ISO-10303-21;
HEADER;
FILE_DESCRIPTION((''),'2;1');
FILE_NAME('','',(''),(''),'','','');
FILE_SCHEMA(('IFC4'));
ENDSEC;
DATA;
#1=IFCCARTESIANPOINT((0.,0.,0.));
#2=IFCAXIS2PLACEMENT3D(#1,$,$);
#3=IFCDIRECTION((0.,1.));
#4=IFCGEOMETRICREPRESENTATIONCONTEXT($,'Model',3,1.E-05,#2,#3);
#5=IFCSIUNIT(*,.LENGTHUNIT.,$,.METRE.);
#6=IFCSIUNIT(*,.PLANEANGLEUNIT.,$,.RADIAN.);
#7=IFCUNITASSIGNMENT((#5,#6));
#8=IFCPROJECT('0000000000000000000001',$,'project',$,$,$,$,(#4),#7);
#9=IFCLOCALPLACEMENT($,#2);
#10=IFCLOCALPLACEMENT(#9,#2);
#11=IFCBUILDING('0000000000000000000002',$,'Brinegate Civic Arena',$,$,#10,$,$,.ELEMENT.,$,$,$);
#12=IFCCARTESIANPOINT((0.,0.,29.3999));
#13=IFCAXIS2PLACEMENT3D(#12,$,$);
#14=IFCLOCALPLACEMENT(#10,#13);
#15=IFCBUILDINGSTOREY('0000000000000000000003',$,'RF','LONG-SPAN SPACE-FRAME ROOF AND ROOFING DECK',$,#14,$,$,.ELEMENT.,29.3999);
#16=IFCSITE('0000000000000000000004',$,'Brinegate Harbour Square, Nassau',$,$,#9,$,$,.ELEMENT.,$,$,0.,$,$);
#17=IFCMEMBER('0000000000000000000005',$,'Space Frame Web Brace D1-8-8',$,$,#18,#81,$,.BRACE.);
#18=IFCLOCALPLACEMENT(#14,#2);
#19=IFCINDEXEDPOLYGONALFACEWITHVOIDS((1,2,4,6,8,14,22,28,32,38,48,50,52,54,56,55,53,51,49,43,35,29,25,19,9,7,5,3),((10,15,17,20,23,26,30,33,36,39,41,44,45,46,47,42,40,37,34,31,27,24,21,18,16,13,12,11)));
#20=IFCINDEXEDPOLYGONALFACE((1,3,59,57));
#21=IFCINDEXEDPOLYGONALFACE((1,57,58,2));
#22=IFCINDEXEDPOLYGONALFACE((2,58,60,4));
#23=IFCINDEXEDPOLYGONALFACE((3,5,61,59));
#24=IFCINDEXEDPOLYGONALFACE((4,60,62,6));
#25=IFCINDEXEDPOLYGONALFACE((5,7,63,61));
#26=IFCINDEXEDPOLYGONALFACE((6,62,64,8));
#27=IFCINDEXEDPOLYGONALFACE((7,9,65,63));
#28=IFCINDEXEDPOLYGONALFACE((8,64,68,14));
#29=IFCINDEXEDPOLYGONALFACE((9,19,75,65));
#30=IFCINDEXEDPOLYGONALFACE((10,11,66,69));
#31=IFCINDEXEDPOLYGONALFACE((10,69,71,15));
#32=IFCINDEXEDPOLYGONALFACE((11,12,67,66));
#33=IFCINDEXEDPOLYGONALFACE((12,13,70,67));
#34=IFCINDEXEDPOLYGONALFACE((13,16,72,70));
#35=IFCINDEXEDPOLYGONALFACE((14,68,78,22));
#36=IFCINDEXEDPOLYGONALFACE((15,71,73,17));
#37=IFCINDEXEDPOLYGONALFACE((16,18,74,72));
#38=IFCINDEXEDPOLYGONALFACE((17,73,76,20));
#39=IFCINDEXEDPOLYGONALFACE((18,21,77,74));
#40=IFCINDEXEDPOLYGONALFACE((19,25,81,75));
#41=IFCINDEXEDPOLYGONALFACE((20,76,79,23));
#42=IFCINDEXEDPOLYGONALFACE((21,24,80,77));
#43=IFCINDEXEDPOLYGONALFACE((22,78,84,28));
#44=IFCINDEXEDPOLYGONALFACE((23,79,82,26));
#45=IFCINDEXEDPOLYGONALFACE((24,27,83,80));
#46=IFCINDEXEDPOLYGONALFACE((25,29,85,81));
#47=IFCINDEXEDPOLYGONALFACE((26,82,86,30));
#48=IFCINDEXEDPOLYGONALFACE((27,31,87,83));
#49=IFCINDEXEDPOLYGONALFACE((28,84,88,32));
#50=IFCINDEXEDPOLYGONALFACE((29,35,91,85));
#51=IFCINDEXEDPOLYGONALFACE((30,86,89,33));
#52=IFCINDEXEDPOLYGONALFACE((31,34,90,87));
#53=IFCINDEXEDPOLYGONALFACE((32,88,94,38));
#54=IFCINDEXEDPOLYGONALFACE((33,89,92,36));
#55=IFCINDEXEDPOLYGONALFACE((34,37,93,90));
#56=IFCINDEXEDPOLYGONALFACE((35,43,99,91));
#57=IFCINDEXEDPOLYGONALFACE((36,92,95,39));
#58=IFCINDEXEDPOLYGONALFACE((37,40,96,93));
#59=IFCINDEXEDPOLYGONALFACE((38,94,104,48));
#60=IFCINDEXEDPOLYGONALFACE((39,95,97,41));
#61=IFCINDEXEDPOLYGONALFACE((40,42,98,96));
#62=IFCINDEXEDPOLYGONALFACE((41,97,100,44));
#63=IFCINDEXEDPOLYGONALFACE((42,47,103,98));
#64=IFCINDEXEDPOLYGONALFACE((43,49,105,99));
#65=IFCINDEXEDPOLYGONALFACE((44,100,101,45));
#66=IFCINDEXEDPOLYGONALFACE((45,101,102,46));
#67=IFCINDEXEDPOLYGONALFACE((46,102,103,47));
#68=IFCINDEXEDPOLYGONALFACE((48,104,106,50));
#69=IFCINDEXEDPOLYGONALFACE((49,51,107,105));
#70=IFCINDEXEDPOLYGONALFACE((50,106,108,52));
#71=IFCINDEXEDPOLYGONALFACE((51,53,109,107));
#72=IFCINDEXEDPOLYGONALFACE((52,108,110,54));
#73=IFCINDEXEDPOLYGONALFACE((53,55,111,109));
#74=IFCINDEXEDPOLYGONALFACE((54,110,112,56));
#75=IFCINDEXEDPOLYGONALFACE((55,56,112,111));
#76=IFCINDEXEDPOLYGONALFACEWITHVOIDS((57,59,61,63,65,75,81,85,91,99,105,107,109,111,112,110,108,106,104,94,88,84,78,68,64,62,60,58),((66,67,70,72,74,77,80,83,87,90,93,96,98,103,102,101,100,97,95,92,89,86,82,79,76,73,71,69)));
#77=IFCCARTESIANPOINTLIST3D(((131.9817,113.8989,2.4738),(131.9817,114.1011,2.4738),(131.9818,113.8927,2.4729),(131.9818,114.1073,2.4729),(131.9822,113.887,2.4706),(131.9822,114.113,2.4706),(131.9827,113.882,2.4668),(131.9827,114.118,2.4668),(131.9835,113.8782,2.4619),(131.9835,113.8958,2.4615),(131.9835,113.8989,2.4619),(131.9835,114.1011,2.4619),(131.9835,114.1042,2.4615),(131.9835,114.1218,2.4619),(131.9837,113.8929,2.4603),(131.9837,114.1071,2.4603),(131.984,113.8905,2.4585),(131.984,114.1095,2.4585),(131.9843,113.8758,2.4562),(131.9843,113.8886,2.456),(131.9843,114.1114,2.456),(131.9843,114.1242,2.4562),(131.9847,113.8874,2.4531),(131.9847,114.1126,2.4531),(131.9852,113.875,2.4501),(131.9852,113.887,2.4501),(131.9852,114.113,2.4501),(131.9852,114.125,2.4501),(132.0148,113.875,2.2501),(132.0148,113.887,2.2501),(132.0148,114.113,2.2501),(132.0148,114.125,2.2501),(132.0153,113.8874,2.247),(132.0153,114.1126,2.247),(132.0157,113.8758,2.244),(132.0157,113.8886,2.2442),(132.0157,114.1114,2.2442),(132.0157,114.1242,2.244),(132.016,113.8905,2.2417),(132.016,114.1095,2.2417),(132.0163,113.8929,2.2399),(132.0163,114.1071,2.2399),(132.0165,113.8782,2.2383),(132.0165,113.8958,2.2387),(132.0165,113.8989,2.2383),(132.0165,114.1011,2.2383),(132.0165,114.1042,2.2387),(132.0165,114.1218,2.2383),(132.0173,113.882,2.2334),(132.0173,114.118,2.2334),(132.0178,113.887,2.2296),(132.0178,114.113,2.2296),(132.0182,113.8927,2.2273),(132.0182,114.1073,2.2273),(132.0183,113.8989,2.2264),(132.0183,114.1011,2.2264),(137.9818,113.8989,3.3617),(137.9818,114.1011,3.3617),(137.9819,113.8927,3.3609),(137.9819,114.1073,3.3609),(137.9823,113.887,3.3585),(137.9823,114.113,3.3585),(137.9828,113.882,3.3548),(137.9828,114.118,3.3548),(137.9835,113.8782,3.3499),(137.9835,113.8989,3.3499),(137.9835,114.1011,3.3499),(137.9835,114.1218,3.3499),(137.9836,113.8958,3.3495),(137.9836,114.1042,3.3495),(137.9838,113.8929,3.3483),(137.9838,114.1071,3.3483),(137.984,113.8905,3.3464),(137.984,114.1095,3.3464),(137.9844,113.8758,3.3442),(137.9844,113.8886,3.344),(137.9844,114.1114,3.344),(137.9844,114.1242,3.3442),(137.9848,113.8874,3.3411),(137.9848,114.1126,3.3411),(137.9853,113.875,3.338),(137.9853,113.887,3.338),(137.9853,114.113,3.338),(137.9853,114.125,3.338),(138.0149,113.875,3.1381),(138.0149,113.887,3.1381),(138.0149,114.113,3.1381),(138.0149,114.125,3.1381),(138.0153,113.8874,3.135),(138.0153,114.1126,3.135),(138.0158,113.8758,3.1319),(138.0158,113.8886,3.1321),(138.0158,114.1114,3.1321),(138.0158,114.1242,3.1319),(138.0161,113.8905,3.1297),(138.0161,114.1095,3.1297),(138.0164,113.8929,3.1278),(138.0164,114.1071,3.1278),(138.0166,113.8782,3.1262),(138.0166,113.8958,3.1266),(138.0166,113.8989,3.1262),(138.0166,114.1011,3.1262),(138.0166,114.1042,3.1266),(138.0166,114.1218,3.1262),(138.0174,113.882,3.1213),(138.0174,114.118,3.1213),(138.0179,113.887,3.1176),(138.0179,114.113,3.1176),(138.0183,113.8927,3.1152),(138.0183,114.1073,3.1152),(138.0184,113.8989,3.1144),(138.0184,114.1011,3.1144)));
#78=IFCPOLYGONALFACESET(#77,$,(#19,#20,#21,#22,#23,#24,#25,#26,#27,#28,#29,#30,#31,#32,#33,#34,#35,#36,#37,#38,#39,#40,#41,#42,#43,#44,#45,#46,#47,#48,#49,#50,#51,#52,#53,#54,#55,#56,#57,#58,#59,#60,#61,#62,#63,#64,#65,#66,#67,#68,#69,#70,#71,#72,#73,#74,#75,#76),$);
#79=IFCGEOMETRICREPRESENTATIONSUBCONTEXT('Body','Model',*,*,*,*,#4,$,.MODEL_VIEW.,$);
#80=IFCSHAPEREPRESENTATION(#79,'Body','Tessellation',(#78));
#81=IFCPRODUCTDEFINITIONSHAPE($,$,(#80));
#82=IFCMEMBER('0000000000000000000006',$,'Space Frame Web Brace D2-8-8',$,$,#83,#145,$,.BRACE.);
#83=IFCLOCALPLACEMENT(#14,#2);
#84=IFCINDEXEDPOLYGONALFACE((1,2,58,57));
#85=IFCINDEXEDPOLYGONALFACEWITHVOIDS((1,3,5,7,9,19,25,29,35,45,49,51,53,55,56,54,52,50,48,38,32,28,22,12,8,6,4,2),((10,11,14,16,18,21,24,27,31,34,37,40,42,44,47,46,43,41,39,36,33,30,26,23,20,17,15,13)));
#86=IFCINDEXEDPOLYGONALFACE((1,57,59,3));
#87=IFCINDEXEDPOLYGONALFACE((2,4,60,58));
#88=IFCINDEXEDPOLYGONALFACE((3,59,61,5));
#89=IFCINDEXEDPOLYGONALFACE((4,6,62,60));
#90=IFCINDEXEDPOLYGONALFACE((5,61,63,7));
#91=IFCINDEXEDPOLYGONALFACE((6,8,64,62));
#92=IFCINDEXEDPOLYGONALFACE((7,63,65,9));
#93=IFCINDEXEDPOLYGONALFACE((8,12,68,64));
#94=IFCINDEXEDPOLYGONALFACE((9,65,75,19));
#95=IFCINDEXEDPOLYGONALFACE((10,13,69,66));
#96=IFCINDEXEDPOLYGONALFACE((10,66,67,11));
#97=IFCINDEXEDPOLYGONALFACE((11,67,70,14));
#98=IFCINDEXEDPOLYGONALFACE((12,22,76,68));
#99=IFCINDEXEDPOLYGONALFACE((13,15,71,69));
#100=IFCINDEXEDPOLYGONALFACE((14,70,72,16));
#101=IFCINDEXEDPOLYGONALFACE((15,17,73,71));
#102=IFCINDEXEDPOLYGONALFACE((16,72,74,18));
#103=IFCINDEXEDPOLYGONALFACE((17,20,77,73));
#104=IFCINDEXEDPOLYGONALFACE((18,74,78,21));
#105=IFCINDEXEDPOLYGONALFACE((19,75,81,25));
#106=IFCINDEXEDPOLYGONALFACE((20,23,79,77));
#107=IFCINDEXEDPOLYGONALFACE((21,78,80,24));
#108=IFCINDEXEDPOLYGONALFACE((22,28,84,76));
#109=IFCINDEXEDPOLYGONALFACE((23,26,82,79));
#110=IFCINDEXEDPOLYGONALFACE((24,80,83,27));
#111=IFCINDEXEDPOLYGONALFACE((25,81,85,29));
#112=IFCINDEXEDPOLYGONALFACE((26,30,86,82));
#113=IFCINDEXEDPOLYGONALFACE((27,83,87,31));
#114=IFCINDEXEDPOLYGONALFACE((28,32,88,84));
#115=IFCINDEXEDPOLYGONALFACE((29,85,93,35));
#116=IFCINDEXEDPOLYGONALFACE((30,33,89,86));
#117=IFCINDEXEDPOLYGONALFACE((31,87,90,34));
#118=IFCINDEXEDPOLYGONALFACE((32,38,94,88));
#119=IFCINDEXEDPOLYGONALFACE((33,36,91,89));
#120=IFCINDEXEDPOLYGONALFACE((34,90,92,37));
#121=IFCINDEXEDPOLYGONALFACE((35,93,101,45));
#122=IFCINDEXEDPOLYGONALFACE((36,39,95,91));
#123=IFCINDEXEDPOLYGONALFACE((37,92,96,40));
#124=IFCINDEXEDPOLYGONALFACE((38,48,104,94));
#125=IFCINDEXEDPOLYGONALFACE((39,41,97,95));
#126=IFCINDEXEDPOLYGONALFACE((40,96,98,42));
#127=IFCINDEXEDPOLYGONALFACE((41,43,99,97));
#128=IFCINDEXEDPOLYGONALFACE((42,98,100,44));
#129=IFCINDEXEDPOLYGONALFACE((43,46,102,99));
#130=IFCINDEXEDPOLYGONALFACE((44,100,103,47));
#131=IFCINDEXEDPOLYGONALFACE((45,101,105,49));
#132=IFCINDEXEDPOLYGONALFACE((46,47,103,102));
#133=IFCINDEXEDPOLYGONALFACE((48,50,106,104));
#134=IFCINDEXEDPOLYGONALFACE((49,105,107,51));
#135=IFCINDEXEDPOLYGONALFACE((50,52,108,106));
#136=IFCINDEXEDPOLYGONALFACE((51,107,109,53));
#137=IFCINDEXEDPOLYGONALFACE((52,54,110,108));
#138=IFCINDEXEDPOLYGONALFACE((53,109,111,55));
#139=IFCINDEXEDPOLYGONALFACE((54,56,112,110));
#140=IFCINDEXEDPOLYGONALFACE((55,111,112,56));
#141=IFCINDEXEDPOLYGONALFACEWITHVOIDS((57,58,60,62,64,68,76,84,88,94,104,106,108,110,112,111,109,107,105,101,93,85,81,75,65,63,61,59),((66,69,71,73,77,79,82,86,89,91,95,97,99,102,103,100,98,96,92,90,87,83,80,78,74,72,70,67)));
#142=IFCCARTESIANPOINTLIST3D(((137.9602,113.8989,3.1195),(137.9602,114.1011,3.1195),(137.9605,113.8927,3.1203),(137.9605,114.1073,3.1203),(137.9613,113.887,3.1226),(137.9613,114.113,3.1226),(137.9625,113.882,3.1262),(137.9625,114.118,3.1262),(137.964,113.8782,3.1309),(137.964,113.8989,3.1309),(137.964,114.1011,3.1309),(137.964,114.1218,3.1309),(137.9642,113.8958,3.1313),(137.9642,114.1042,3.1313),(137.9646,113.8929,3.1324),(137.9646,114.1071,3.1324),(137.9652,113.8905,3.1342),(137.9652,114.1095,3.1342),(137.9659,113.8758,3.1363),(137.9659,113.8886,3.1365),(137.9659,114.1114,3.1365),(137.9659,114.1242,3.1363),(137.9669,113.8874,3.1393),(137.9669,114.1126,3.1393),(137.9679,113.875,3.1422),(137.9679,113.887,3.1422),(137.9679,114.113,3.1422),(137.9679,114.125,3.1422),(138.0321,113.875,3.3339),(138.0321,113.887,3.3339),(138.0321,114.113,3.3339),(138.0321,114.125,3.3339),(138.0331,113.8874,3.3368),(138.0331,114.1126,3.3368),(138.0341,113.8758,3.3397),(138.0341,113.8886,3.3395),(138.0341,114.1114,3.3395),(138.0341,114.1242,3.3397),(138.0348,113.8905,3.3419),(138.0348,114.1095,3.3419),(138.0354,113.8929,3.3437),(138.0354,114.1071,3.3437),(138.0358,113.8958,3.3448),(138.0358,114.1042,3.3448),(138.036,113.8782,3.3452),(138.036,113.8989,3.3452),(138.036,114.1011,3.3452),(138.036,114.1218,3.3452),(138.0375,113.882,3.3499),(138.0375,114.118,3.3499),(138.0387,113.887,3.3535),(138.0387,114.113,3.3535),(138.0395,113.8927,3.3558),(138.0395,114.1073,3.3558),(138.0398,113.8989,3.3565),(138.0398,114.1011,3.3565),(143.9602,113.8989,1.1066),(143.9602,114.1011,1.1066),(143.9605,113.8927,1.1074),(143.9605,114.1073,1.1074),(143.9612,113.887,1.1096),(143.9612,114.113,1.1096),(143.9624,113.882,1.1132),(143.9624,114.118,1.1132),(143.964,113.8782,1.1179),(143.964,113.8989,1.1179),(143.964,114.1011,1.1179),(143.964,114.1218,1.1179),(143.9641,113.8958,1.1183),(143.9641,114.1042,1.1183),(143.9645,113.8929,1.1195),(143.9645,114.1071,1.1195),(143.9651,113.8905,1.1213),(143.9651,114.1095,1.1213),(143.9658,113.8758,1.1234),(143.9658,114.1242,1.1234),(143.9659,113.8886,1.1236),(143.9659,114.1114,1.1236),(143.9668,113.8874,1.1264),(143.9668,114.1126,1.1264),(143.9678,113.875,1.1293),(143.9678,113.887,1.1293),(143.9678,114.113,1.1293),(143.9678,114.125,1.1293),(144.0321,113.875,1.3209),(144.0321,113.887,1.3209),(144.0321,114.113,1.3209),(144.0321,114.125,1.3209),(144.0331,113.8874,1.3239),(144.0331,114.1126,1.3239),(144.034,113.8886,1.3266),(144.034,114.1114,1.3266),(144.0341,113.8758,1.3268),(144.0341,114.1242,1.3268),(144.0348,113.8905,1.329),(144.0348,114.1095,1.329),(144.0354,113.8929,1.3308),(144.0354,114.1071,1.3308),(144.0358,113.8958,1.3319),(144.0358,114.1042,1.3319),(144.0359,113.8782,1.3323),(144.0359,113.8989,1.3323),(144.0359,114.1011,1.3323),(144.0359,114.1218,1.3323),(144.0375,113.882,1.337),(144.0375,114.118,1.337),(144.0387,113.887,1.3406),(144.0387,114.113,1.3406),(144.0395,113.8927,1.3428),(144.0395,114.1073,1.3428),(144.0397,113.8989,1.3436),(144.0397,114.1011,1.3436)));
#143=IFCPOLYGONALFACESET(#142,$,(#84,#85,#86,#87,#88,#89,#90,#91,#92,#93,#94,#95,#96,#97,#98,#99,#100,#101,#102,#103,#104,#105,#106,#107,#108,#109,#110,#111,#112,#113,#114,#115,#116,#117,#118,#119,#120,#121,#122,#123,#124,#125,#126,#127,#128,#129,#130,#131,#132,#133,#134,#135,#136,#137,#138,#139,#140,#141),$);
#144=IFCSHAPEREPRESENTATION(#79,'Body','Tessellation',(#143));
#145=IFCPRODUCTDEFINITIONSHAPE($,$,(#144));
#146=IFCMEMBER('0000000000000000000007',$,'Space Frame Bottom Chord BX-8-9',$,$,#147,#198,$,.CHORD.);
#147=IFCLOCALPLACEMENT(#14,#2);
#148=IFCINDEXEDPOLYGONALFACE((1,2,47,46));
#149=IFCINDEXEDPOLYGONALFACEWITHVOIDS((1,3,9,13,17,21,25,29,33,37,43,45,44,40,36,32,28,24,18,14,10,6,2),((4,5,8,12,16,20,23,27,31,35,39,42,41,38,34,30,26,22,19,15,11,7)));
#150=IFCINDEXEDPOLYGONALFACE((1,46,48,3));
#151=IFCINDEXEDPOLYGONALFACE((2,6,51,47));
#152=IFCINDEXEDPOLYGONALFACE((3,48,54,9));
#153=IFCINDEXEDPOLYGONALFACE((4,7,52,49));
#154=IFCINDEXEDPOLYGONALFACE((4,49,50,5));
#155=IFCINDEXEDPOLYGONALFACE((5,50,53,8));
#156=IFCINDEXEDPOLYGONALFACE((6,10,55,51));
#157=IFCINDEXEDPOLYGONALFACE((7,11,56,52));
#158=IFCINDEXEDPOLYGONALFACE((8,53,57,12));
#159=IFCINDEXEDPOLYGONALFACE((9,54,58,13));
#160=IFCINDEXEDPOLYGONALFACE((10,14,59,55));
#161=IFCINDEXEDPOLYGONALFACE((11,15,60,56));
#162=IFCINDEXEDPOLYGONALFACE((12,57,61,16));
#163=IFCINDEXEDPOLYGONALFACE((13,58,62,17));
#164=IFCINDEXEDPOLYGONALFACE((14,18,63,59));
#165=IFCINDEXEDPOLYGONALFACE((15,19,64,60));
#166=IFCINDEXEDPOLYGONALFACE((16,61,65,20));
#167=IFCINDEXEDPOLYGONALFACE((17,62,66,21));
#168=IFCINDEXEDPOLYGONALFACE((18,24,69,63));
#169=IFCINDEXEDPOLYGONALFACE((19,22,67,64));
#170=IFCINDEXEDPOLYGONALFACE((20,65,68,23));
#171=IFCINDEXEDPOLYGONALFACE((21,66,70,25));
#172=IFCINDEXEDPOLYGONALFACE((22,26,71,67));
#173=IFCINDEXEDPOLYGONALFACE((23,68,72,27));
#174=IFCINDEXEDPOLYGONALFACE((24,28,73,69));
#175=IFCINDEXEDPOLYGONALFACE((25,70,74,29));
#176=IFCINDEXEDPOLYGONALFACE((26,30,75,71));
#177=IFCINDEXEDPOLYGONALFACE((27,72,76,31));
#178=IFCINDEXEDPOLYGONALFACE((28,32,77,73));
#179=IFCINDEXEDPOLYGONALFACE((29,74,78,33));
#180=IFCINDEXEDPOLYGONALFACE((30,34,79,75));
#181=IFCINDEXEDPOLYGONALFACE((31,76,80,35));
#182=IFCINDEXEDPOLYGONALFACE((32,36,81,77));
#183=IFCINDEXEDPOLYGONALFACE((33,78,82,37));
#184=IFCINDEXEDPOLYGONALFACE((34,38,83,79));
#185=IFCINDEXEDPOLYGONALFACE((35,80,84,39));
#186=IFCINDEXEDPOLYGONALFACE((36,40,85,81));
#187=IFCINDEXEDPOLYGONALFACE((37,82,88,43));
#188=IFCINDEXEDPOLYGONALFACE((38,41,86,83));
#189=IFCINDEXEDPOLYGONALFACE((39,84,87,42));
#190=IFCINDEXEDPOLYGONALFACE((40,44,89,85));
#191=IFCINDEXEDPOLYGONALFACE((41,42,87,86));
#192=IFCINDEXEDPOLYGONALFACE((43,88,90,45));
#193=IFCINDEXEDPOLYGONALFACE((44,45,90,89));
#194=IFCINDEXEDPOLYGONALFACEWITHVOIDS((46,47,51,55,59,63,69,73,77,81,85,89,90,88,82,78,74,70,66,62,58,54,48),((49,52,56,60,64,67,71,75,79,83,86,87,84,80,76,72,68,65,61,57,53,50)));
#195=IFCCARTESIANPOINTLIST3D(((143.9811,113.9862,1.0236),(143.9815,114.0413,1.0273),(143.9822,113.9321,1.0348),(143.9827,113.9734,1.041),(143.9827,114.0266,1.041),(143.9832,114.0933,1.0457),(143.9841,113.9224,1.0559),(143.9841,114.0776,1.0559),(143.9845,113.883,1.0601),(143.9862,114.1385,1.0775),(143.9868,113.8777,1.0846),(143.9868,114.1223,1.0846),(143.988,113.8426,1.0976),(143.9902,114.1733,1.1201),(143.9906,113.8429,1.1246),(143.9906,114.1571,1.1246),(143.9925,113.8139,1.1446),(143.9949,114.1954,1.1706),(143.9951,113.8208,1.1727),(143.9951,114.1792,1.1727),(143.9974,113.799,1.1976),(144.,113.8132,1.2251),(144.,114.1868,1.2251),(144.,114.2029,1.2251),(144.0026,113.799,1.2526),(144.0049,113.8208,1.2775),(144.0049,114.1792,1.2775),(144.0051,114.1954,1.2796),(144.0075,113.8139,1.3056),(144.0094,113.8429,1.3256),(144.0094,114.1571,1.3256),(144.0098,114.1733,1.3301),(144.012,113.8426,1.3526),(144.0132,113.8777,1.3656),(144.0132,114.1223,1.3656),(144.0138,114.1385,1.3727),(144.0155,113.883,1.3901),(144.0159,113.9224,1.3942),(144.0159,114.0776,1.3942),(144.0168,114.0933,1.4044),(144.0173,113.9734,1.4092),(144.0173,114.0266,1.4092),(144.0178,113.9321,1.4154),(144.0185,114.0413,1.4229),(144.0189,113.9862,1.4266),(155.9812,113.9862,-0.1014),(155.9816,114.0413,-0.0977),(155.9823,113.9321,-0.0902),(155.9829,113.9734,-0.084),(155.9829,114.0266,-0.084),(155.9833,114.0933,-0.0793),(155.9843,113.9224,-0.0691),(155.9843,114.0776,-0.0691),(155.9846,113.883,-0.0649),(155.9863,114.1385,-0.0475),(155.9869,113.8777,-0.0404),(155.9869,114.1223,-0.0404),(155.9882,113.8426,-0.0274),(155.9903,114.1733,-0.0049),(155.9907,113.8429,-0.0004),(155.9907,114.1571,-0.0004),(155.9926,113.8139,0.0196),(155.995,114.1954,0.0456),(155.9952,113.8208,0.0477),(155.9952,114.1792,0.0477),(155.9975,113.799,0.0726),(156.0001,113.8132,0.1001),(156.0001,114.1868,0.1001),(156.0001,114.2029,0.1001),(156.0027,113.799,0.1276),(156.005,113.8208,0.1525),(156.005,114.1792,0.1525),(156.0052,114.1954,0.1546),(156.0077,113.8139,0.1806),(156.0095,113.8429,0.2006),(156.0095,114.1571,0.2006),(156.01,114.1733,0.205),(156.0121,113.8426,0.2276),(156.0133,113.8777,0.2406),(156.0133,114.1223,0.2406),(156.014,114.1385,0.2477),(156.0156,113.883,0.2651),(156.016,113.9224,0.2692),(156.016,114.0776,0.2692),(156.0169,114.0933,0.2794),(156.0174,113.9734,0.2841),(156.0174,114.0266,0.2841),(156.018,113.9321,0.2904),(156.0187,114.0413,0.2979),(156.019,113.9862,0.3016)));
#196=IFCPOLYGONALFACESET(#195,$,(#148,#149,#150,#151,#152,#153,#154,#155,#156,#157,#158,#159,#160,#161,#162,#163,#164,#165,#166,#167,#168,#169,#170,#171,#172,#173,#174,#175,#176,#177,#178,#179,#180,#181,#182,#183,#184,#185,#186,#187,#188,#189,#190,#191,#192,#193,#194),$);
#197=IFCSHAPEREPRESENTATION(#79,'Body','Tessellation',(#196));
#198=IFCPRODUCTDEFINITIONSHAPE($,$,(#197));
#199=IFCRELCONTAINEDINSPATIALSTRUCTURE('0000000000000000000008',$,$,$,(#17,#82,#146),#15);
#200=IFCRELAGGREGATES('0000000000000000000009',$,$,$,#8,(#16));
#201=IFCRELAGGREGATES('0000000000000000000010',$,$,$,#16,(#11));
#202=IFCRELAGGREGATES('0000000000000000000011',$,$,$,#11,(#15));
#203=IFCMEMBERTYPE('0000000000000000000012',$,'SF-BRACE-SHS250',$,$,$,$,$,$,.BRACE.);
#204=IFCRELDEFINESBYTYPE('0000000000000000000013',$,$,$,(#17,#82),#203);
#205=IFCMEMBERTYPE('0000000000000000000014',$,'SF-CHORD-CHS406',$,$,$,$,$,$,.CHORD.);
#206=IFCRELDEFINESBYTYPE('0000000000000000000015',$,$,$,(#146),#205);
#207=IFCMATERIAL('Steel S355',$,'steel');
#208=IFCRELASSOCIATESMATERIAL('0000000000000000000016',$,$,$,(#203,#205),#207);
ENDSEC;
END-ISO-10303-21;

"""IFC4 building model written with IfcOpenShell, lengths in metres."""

from ifc_helpers import new_model, si_unit, direction, frame, origin, origin_2d, place, context, subcontext, project, spatial, hollow_rectangle, hollow_circle, extrude, material, material_profile, profile_set, type_object, element, save


model = new_model("IFC4")

# Units and contexts
model_context = context("Model", 3, precision=1e-05, world=origin(), true_north=direction((0.0, 1.0)))
body_context = subcontext(model_context, "Body", "Model", "MODEL_VIEW")
ifc_project = project(units=[si_unit("LENGTHUNIT", "METRE"), si_unit("PLANEANGLEUNIT", "RADIAN")], contexts=[model_context])

# Site, building, storey
site_placement = place(None, origin())
site = spatial("IfcSite", under=ifc_project, at=site_placement, Name="Brinegate Harbour Square, Nassau", CompositionType="ELEMENT", RefElevation=0.0)
building_placement = place(site_placement, origin())
building = spatial("IfcBuilding", under=site, at=building_placement, Name="Brinegate Civic Arena", CompositionType="ELEMENT")
storey_placement = place(building_placement, frame((0.0, 0.0, 29.3999)))
storey = spatial("IfcBuildingStorey", under=building, at=storey_placement, Name="RF", Description="LONG-SPAN SPACE-FRAME ROOF AND ROOFING DECK", CompositionType="ELEMENT", Elevation=29.3999)

# Shared definitions
ifc_material_1 = material(Name="Steel S355", Category="steel")

# Members
ifc_material_profile_1 = material_profile(ifc_material_1, hollow_rectangle(XDim=0.25, YDim=0.25, WallThickness=0.012, InnerFilletRadius=0.012, OuterFilletRadius=0.0239, at=origin_2d()), Name="SHS250X12")
ifc_profile_set_1 = profile_set([ifc_material_profile_1], Name="Steel S355")
member_type_1 = type_object("IfcMemberType", Name="SF-BRACE-SHS250", PredefinedType="BRACE", material=ifc_profile_set_1)
member_1_placement = place(storey_placement, frame((132.0, 114.0, 2.3501), z_axis=(0.989226, 0.0, 0.146395), x_axis=(0.0, 1.0, 0.0)))
element("IfcMember", 1, at=member_1_placement, inside=storey, type_object=member_type_1, Name="Space Frame Web Brace D1-8-8", PredefinedType="BRACE", context=body_context, shape_type="SweptSolid", body=[
    extrude(hollow_rectangle(XDim=0.25, YDim=0.25, WallThickness=0.012, InnerFilletRadius=0.012, OuterFilletRadius=0.0239, at=origin_2d()), origin(), (0.0, 0.0, 1.0), 6.0654),
])
member_2_placement = place(storey_placement, frame((138.0, 114.0, 3.238), z_axis=(0.948068, 0.0, -0.318067), x_axis=(0.0, 1.0, 0.0)))
element("IfcMember", 2, at=member_2_placement, inside=storey, type_object=member_type_1, Name="Space Frame Web Brace D2-8-8", PredefinedType="BRACE", context=body_context, shape_type="SweptSolid", body=[
    extrude(hollow_rectangle(XDim=0.25, YDim=0.25, WallThickness=0.012, InnerFilletRadius=0.012, OuterFilletRadius=0.0239, at=origin_2d()), origin(), (0.0, 0.0, 1.0), 6.3286),
])
ifc_material_profile_2 = material_profile(ifc_material_1, hollow_circle(Radius=0.2029, WallThickness=0.0161, at=origin_2d()), Name="CHS406X16")
ifc_profile_set_2 = profile_set([ifc_material_profile_2], Name="Steel S355")
member_type_2 = type_object("IfcMemberType", Name="SF-CHORD-CHS406", PredefinedType="CHORD", material=ifc_profile_set_2)
member_3_placement = place(storey_placement, frame((144.0, 114.0, 1.2251), z_axis=(0.995634, 0.0, -0.093341), x_axis=(0.0, 1.0, 0.0)))
element("IfcMember", 3, at=member_3_placement, inside=storey, type_object=member_type_2, Name="Space Frame Bottom Chord BX-8-9", PredefinedType="CHORD", context=body_context, shape_type="SweptSolid", body=[
    extrude(hollow_circle(Radius=0.2029, WallThickness=0.0161, at=origin_2d()), origin(), (0.0, 0.0, 1.0), 12.0527),
])

save(model, "model.ifc")
